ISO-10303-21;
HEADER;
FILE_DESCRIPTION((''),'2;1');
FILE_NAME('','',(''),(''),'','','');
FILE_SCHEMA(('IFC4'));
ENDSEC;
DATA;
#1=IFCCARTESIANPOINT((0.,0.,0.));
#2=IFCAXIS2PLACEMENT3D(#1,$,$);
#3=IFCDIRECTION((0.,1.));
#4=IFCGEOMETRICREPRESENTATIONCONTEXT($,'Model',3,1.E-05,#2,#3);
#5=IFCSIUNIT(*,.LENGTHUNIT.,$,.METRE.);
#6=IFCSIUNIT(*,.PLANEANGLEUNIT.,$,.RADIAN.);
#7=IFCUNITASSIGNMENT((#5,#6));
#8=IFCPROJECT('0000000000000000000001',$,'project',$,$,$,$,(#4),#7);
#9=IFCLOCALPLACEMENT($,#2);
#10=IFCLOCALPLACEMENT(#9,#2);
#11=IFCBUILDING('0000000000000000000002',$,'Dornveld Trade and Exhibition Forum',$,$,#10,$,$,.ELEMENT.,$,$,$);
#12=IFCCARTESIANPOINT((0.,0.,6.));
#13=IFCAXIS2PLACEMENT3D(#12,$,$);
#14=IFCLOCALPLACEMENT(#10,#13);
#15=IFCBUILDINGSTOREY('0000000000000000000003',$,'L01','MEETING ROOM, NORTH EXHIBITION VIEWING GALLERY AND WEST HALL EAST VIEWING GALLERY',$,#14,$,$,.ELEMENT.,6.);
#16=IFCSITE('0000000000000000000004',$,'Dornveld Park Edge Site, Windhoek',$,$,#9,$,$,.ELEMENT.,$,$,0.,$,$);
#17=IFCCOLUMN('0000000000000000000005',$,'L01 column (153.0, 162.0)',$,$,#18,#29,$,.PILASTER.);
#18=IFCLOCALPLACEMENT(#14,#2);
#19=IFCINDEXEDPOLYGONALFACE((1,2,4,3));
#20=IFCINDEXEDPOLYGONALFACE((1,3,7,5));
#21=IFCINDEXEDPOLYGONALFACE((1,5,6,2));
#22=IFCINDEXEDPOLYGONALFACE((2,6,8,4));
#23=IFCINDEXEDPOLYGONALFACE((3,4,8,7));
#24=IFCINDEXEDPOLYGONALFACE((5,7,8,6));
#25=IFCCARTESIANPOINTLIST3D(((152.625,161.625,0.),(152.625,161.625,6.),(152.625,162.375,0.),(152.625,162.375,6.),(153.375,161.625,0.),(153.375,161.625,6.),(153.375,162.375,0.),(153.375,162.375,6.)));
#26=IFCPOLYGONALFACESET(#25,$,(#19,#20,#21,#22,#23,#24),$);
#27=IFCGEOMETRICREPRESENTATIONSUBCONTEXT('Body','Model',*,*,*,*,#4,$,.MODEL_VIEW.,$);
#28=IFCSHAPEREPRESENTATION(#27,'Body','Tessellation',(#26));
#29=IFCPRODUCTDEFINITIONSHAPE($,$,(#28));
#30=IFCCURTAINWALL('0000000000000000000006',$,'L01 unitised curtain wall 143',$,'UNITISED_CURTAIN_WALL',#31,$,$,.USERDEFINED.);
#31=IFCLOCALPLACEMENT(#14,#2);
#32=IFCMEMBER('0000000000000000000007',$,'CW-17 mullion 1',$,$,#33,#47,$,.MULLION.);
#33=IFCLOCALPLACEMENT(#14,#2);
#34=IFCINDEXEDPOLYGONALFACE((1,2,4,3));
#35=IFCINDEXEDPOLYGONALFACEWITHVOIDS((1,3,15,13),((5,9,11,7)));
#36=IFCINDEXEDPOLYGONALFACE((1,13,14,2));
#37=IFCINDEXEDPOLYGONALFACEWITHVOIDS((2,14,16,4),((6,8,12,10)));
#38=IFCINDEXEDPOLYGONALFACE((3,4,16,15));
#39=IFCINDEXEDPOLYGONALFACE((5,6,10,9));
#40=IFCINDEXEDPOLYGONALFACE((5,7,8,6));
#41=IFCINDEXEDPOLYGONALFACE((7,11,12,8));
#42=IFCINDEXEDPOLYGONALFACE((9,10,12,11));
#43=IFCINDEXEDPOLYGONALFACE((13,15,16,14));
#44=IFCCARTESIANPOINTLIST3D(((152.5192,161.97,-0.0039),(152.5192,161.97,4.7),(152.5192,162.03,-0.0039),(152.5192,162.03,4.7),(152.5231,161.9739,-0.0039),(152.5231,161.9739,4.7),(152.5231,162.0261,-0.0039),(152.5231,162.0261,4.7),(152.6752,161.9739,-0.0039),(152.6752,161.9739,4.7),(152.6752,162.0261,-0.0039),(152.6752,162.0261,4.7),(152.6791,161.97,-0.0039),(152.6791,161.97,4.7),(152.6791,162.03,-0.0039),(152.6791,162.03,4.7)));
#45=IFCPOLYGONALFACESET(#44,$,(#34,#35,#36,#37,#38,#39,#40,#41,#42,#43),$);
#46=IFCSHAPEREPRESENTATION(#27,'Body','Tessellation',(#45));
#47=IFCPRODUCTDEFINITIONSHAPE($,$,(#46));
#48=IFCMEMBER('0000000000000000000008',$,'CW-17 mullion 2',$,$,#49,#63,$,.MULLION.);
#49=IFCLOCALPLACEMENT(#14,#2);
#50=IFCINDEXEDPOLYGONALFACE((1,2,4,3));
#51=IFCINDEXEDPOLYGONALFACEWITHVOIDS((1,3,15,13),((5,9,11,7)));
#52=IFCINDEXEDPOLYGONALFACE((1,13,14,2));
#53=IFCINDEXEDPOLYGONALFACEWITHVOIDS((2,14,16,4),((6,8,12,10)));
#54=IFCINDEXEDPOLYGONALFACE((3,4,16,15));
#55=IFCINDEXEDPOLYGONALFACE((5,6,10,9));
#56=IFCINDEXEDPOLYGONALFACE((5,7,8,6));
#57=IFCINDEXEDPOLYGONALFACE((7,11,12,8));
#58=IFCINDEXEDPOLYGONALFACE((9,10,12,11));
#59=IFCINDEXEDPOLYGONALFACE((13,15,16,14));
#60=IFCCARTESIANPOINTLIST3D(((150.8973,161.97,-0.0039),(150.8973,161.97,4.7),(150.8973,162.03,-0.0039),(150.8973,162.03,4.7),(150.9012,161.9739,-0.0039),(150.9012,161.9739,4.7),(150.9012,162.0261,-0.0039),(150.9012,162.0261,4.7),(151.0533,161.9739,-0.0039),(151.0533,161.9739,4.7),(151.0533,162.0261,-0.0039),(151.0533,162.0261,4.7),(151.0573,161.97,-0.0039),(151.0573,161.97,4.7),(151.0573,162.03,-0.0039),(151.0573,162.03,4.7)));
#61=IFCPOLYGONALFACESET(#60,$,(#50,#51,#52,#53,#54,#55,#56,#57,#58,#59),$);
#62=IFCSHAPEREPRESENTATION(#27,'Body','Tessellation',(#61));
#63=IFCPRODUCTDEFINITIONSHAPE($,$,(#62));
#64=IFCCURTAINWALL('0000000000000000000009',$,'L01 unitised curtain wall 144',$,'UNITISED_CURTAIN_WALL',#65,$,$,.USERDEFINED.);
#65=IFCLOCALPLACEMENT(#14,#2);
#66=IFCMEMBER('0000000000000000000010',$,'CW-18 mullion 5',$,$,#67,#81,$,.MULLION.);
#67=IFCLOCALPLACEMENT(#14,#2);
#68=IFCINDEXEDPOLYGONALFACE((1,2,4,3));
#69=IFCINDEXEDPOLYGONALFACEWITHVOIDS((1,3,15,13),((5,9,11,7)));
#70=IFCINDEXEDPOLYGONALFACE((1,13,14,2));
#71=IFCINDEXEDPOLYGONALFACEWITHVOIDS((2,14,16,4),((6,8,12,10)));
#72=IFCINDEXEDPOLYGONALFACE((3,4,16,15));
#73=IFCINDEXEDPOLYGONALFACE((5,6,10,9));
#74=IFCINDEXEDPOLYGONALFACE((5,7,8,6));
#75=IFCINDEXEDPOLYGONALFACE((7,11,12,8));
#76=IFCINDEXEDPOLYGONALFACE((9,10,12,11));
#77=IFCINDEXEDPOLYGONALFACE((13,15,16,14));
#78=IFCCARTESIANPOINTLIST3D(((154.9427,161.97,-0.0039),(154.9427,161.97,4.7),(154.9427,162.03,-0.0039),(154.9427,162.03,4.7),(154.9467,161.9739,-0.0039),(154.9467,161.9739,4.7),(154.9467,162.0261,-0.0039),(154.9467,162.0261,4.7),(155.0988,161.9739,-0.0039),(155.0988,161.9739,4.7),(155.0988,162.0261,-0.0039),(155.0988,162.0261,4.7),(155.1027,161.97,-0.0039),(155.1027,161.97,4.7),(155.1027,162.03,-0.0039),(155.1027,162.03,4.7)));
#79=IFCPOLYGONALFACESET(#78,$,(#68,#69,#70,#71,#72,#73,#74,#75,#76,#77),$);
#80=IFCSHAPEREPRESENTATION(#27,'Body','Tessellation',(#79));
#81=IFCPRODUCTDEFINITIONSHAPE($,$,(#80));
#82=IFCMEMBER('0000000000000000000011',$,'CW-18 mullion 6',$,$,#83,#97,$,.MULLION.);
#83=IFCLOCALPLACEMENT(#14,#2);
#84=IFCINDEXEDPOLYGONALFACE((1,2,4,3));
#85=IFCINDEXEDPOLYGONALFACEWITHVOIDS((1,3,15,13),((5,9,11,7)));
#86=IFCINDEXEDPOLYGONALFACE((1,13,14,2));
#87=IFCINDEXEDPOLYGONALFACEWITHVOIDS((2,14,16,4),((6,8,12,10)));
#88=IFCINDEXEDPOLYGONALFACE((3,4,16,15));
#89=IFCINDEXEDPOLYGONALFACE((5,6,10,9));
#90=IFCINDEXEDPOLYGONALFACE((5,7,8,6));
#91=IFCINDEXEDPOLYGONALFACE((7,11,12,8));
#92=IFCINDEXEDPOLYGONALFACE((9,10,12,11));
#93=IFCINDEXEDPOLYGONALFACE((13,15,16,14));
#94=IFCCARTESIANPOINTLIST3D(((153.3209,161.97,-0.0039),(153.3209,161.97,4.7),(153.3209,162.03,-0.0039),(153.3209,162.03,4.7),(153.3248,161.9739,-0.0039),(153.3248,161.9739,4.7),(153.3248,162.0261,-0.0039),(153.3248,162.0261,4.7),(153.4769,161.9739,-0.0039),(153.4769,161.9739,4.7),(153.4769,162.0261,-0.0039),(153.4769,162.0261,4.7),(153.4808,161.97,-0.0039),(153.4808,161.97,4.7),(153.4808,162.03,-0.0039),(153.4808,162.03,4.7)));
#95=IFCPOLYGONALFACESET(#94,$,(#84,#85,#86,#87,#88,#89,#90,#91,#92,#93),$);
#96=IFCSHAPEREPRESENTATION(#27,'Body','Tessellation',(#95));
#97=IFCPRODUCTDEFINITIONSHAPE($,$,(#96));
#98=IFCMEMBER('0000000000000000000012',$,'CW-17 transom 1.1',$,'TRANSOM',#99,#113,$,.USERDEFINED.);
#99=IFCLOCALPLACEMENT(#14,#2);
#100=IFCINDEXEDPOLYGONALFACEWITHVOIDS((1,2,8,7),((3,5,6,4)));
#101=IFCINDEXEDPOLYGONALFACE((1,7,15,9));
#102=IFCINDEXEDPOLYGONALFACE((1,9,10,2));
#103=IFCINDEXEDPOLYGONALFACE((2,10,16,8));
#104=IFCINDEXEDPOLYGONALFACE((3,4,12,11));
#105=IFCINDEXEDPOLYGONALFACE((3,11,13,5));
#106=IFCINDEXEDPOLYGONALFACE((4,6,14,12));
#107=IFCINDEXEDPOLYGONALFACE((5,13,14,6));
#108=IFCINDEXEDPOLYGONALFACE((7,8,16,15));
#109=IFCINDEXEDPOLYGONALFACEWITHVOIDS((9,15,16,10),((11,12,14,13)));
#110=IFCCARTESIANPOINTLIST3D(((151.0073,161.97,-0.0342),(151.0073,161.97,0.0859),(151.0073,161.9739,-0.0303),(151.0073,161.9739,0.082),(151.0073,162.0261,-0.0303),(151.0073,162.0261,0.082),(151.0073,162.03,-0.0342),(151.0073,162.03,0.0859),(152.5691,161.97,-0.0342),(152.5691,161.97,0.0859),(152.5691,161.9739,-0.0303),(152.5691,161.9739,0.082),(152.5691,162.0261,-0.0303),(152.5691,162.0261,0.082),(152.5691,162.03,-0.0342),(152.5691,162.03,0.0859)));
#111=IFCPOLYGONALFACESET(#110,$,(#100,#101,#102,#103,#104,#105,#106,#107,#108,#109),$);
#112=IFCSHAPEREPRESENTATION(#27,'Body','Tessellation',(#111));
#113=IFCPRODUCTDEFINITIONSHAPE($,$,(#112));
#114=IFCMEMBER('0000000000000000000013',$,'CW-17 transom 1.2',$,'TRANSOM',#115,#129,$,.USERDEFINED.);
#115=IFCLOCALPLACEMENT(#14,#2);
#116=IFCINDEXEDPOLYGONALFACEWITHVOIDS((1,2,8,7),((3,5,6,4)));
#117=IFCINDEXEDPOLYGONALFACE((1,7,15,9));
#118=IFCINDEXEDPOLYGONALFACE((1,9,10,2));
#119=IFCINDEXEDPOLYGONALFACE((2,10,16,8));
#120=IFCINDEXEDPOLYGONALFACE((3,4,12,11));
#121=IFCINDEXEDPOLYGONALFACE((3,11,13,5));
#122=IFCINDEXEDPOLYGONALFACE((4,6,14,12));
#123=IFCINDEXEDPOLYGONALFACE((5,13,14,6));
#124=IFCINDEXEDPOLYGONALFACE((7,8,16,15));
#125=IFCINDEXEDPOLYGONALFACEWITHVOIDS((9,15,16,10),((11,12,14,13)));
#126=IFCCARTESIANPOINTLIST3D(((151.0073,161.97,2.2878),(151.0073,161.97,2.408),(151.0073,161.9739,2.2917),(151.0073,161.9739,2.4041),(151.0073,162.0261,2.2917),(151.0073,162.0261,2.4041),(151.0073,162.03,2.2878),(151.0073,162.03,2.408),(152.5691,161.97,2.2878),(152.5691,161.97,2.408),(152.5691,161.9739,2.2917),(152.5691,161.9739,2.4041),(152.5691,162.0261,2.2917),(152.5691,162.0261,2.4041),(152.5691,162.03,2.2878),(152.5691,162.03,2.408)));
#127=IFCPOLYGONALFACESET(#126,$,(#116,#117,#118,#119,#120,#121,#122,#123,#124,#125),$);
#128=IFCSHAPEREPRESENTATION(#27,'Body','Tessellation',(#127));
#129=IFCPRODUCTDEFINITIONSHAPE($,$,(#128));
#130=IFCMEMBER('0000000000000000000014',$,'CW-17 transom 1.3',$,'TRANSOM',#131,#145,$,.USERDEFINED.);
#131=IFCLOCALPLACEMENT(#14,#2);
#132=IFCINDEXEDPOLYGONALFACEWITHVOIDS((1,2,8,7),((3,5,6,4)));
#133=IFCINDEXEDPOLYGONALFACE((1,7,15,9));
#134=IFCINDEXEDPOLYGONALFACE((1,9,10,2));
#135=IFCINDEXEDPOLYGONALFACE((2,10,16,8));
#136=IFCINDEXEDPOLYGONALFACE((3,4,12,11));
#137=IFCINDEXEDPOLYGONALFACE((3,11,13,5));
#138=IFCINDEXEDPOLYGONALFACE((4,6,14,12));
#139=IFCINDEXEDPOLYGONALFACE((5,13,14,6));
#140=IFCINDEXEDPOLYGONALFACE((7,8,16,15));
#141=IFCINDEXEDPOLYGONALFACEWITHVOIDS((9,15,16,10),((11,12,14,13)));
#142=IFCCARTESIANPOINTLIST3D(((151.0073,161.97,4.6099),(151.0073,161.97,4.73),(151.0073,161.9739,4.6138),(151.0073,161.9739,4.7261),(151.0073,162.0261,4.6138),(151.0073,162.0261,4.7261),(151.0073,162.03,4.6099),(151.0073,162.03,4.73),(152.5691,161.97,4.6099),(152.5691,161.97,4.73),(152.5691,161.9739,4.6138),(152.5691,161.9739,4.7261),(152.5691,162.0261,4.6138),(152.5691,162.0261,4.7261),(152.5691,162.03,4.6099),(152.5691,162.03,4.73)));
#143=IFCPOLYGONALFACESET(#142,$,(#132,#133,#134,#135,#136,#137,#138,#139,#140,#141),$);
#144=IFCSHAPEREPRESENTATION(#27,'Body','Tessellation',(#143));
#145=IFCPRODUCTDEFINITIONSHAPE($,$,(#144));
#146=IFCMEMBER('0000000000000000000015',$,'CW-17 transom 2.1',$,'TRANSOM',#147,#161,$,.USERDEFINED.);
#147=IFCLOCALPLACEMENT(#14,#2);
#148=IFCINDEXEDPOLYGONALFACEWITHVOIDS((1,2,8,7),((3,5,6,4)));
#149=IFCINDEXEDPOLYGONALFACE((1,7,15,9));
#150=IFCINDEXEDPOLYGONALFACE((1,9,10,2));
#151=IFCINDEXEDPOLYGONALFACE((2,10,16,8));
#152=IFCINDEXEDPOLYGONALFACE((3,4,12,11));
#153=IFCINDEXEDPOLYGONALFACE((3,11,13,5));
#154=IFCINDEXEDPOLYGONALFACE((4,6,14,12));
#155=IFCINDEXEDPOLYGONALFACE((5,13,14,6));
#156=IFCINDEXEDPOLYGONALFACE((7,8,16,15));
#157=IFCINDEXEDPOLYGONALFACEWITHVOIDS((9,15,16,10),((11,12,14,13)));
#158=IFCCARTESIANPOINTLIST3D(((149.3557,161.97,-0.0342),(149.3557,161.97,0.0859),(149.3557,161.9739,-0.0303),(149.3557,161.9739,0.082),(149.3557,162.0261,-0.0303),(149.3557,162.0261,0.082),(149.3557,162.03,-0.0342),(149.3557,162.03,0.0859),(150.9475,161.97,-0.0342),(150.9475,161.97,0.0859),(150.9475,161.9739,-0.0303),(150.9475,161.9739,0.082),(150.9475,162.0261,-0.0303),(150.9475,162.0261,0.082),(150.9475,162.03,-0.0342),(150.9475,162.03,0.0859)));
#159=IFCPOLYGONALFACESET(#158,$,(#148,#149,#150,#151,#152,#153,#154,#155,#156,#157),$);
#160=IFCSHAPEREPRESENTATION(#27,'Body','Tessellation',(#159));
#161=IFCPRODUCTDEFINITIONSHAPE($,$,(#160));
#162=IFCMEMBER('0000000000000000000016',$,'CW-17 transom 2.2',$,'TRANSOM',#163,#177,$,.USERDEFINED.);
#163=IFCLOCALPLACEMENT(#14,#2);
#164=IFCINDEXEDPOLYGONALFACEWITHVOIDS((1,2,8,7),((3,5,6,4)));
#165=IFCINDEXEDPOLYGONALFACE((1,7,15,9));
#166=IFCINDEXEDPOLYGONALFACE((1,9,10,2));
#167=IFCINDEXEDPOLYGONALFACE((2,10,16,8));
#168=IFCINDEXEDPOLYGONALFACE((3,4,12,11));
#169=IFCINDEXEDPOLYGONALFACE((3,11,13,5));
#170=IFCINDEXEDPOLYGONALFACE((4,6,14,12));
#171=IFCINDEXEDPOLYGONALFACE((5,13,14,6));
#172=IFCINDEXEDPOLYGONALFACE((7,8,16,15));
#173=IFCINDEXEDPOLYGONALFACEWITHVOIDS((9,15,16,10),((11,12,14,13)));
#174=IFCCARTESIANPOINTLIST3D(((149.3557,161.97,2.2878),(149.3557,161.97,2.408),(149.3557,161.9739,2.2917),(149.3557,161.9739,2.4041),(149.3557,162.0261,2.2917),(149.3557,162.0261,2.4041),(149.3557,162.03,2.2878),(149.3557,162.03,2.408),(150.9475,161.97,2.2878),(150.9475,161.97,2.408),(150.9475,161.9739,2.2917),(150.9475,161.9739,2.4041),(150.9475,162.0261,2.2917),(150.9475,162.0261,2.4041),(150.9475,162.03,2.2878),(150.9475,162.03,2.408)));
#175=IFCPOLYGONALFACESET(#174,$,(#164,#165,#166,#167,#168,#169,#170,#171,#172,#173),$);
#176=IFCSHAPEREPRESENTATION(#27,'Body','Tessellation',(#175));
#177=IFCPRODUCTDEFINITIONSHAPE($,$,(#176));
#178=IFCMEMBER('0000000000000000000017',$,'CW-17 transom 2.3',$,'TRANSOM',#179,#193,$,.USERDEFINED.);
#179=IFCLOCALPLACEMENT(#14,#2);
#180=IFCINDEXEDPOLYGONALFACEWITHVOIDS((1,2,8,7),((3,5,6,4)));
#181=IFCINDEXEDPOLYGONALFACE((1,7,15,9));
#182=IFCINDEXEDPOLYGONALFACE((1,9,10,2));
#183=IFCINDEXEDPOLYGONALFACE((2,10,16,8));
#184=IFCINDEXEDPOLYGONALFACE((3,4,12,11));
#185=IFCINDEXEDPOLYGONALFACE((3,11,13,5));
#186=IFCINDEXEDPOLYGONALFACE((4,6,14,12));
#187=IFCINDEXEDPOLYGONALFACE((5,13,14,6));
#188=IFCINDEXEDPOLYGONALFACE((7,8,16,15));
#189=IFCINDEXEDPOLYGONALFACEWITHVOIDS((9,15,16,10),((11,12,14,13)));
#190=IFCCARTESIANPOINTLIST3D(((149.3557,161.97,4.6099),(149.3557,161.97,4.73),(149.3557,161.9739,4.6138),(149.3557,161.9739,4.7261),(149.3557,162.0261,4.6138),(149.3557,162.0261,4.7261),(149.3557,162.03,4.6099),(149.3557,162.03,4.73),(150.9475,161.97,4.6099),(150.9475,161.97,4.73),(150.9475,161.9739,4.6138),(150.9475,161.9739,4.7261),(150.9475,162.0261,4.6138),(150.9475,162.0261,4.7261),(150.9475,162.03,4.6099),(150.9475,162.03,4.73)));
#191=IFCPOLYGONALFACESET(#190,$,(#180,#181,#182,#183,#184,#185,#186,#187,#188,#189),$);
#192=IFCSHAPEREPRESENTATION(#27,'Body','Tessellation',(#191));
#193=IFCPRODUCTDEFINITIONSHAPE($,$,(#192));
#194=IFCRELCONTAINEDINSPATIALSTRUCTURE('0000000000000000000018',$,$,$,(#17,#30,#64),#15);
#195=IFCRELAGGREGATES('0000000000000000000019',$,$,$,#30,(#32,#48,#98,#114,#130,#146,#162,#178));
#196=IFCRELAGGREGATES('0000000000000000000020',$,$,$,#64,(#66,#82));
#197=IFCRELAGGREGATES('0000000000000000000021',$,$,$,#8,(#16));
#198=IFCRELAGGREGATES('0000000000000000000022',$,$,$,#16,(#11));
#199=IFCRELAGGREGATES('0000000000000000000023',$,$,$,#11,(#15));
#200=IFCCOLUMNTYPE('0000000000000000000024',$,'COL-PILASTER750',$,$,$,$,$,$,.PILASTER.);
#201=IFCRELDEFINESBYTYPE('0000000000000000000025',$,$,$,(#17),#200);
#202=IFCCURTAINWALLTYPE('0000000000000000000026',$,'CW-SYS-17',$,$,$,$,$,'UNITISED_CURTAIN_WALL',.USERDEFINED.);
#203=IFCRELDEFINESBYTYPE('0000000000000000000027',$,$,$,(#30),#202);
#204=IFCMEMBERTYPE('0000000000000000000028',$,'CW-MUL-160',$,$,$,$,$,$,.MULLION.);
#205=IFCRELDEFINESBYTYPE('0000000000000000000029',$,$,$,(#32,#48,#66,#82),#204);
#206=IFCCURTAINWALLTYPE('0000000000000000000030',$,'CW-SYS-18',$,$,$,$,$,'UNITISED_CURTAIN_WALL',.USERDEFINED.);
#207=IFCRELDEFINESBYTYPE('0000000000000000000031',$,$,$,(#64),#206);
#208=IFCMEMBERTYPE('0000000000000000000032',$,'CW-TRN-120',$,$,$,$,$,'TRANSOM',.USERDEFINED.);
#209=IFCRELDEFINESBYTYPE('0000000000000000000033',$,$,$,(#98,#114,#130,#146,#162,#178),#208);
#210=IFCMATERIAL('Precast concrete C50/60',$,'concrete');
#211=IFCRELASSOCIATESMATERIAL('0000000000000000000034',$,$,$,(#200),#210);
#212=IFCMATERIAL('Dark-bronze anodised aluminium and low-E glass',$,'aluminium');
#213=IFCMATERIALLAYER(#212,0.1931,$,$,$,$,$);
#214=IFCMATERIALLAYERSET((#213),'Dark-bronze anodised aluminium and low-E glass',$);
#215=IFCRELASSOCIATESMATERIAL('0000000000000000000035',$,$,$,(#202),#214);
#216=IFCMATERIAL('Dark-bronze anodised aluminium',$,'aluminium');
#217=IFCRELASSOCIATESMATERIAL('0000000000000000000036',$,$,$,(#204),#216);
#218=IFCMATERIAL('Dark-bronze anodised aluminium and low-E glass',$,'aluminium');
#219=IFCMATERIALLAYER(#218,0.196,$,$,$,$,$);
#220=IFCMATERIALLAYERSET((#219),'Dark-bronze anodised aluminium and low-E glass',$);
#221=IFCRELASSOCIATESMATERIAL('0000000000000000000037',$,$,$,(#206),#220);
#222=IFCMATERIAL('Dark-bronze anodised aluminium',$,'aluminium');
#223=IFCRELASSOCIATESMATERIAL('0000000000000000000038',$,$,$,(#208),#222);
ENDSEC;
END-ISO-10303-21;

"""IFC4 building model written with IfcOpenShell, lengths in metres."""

from ifc_helpers import new_model, si_unit, direction, frame, origin, origin_2d, place, context, subcontext, project, spatial, rectangle, hollow_rectangle, extrude, material, layer, layer_set, material_profile, profile_set, type_object, element, aggregate, save


model = new_model("IFC4")

# Units and contexts
model_context = context("Model", 3, precision=1e-05, world=origin(), true_north=direction((0.0, 1.0)))
body_context = subcontext(model_context, "Body", "Model", "MODEL_VIEW")
ifc_project = project(units=[si_unit("LENGTHUNIT", "METRE"), si_unit("PLANEANGLEUNIT", "RADIAN")], contexts=[model_context])

# Site, building, storey
site_placement = place(None, origin())
site = spatial("IfcSite", under=ifc_project, at=site_placement, Name="Dornveld Park Edge Site, Windhoek", CompositionType="ELEMENT", RefElevation=0.0)
building_placement = place(site_placement, origin())
building = spatial("IfcBuilding", under=site, at=building_placement, Name="Dornveld Trade and Exhibition Forum", CompositionType="ELEMENT")
storey_placement = place(building_placement, frame((0.0, 0.0, 6.0)))
storey = spatial("IfcBuildingStorey", under=building, at=storey_placement, Name="L01", Description="MEETING ROOM, NORTH EXHIBITION VIEWING GALLERY AND WEST HALL EAST VIEWING GALLERY", CompositionType="ELEMENT", Elevation=6.0)

# Column
ifc_material_1 = material(Name="Precast concrete C50/60", Category="concrete")
ifc_material_profile_1 = material_profile(ifc_material_1, rectangle(XDim=0.75, YDim=0.75, at=origin_2d()), Name="PC-COL 750x750")
ifc_profile_set_1 = profile_set([ifc_material_profile_1], Name="Precast concrete C50/60")
column_type = type_object("IfcColumnType", Name="COL-PILASTER750", PredefinedType="PILASTER", material=ifc_profile_set_1)
column_placement = place(storey_placement, frame((153.0, 162.0, 0.0), z_axis=(0.0, 0.0, 1.0), x_axis=(1.0, 0.0, 0.0)))
element("IfcColumn", 1, at=column_placement, inside=storey, type_object=column_type, Name="L01 column (153.0, 162.0)", PredefinedType="PILASTER", context=body_context, shape_type="SweptSolid", body=[
    extrude(rectangle(XDim=0.75, YDim=0.75, at=origin_2d()), origin(), (0.0, 0.0, 1.0), 6.0),
])

# Curtain walls, members
ifc_material_2 = material(Name="Dark-bronze anodised aluminium and low-E glass", Category="aluminium")
ifc_layer_1 = layer(ifc_material_2, 0.1931)
ifc_layer_set_1 = layer_set([ifc_layer_1], Name="Dark-bronze anodised aluminium and low-E glass")
curtain_wall_type_1 = type_object("IfcCurtainWallType", Name="CW-SYS-17", ElementType="UNITISED_CURTAIN_WALL", PredefinedType="USERDEFINED", material=ifc_layer_set_1)
curtain_wall_1_placement = place(storey_placement, origin())
curtain_wall_1 = element("IfcCurtainWall", 2, at=curtain_wall_1_placement, inside=storey, type_object=curtain_wall_type_1, Name="L01 unitised curtain wall 143", ObjectType="UNITISED_CURTAIN_WALL", PredefinedType="USERDEFINED")
ifc_material_3 = material(Name="Dark-bronze anodised aluminium", Category="aluminium")
ifc_material_profile_2 = material_profile(ifc_material_3, hollow_rectangle(XDim=0.0601, YDim=0.1599, WallThickness=0.0039, at=origin_2d()), Name="RHS 160x60x4")
ifc_profile_set_2 = profile_set([ifc_material_profile_2], Name="Dark-bronze anodised aluminium")
member_type_1 = type_object("IfcMemberType", Name="CW-MUL-160", PredefinedType="MULLION", material=ifc_profile_set_2)
member_1_placement = place(storey_placement, frame((152.5991, 162.0, -0.0039), z_axis=(0.0, 0.0, 1.0), x_axis=(0.0, -1.0, 0.0)))
member_1 = element("IfcMember", 3, at=member_1_placement, type_object=member_type_1, Name="CW-17 mullion 1", PredefinedType="MULLION", context=body_context, shape_type="SweptSolid", body=[
    extrude(hollow_rectangle(XDim=0.0601, YDim=0.1599, WallThickness=0.0039, at=origin_2d()), origin(), (0.0, 0.0, 1.0), 4.7039),
])
member_2_placement = place(storey_placement, frame((150.9773, 162.0, -0.0039), z_axis=(0.0, 0.0, 1.0), x_axis=(0.0, -1.0, 0.0)))
member_2 = element("IfcMember", 4, at=member_2_placement, type_object=member_type_1, Name="CW-17 mullion 2", PredefinedType="MULLION", context=body_context, shape_type="SweptSolid", body=[
    extrude(hollow_rectangle(XDim=0.0601, YDim=0.1599, WallThickness=0.0039, at=origin_2d()), origin(), (0.0, 0.0, 1.0), 4.7039),
])
ifc_material_4 = material(Name="Dark-bronze anodised aluminium and low-E glass", Category="aluminium")
ifc_layer_2 = layer(ifc_material_4, 0.196)
ifc_layer_set_2 = layer_set([ifc_layer_2], Name="Dark-bronze anodised aluminium and low-E glass")
curtain_wall_type_2 = type_object("IfcCurtainWallType", Name="CW-SYS-18", ElementType="UNITISED_CURTAIN_WALL", PredefinedType="USERDEFINED", material=ifc_layer_set_2)
curtain_wall_2_placement = place(storey_placement, origin())
curtain_wall_2 = element("IfcCurtainWall", 5, at=curtain_wall_2_placement, inside=storey, type_object=curtain_wall_type_2, Name="L01 unitised curtain wall 144", ObjectType="UNITISED_CURTAIN_WALL", PredefinedType="USERDEFINED")
member_3_placement = place(storey_placement, frame((155.0227, 162.0, -0.0039), z_axis=(0.0, 0.0, 1.0), x_axis=(0.0, -1.0, 0.0)))
member_3 = element("IfcMember", 6, at=member_3_placement, type_object=member_type_1, Name="CW-18 mullion 5", PredefinedType="MULLION", context=body_context, shape_type="SweptSolid", body=[
    extrude(hollow_rectangle(XDim=0.0601, YDim=0.1599, WallThickness=0.0039, at=origin_2d()), origin(), (0.0, 0.0, 1.0), 4.7039),
])
member_4_placement = place(storey_placement, frame((153.4009, 162.0, -0.0039), z_axis=(0.0, 0.0, 1.0), x_axis=(0.0, -1.0, 0.0)))
member_4 = element("IfcMember", 7, at=member_4_placement, type_object=member_type_1, Name="CW-18 mullion 6", PredefinedType="MULLION", context=body_context, shape_type="SweptSolid", body=[
    extrude(hollow_rectangle(XDim=0.0601, YDim=0.1599, WallThickness=0.0039, at=origin_2d()), origin(), (0.0, 0.0, 1.0), 4.7039),
])

# Members
ifc_material_5 = material(Name="Dark-bronze anodised aluminium", Category="aluminium")
ifc_material_profile_3 = material_profile(ifc_material_5, hollow_rectangle(XDim=0.0601, YDim=0.1201, WallThickness=0.0039, at=origin_2d()), Name="RHS 120x60x4")
ifc_profile_set_3 = profile_set([ifc_material_profile_3], Name="Dark-bronze anodised aluminium")
member_type_2 = type_object("IfcMemberType", Name="CW-TRN-120", ElementType="TRANSOM", PredefinedType="USERDEFINED", material=ifc_profile_set_3)
member_5_placement = place(storey_placement, frame((152.5691, 162.0, 0.0259), z_axis=(-1.0, 0.0, 0.0), x_axis=(0.0, -1.0, 0.0)))
member_5 = element("IfcMember", 8, at=member_5_placement, type_object=member_type_2, Name="CW-17 transom 1.1", ObjectType="TRANSOM", PredefinedType="USERDEFINED", context=body_context, shape_type="SweptSolid", body=[
    extrude(hollow_rectangle(XDim=0.0601, YDim=0.1201, WallThickness=0.0039, at=origin_2d()), origin(), (0.0, 0.0, 1.0), 1.5618),
])
member_6_placement = place(storey_placement, frame((152.5691, 162.0, 2.3479), z_axis=(-1.0, 0.0, 0.0), x_axis=(0.0, -1.0, 0.0)))
member_6 = element("IfcMember", 9, at=member_6_placement, type_object=member_type_2, Name="CW-17 transom 1.2", ObjectType="TRANSOM", PredefinedType="USERDEFINED", context=body_context, shape_type="SweptSolid", body=[
    extrude(hollow_rectangle(XDim=0.0601, YDim=0.1201, WallThickness=0.0039, at=origin_2d()), origin(), (0.0, 0.0, 1.0), 1.5618),
])
member_7_placement = place(storey_placement, frame((152.5691, 162.0, 4.6699), z_axis=(-1.0, 0.0, 0.0), x_axis=(0.0, -1.0, 0.0)))
member_7 = element("IfcMember", 10, at=member_7_placement, type_object=member_type_2, Name="CW-17 transom 1.3", ObjectType="TRANSOM", PredefinedType="USERDEFINED", context=body_context, shape_type="SweptSolid", body=[
    extrude(hollow_rectangle(XDim=0.0601, YDim=0.1201, WallThickness=0.0039, at=origin_2d()), origin(), (0.0, 0.0, 1.0), 1.5618),
])
member_8_placement = place(storey_placement, frame((150.9475, 162.0, 0.0259), z_axis=(-1.0, 0.0, 0.0), x_axis=(0.0, -1.0, 0.0)))
member_8 = element("IfcMember", 11, at=member_8_placement, type_object=member_type_2, Name="CW-17 transom 2.1", ObjectType="TRANSOM", PredefinedType="USERDEFINED", context=body_context, shape_type="SweptSolid", body=[
    extrude(hollow_rectangle(XDim=0.0601, YDim=0.1201, WallThickness=0.0039, at=origin_2d()), origin(), (0.0, 0.0, 1.0), 1.5918),
])
member_9_placement = place(storey_placement, frame((150.9475, 162.0, 2.3479), z_axis=(-1.0, 0.0, 0.0), x_axis=(0.0, -1.0, 0.0)))
member_9 = element("IfcMember", 12, at=member_9_placement, type_object=member_type_2, Name="CW-17 transom 2.2", ObjectType="TRANSOM", PredefinedType="USERDEFINED", context=body_context, shape_type="SweptSolid", body=[
    extrude(hollow_rectangle(XDim=0.0601, YDim=0.1201, WallThickness=0.0039, at=origin_2d()), origin(), (0.0, 0.0, 1.0), 1.5918),
])
member_10_placement = place(storey_placement, frame((150.9475, 162.0, 4.6699), z_axis=(-1.0, 0.0, 0.0), x_axis=(0.0, -1.0, 0.0)))
member_10 = element("IfcMember", 13, at=member_10_placement, type_object=member_type_2, Name="CW-17 transom 2.3", ObjectType="TRANSOM", PredefinedType="USERDEFINED", context=body_context, shape_type="SweptSolid", body=[
    extrude(hollow_rectangle(XDim=0.0601, YDim=0.1201, WallThickness=0.0039, at=origin_2d()), origin(), (0.0, 0.0, 1.0), 1.5918),
])

aggregate(curtain_wall_1, [member_1, member_2, member_5, member_6, member_7, member_8, member_9, member_10])
aggregate(curtain_wall_2, [member_3, member_4])

save(model, "model.ifc")
